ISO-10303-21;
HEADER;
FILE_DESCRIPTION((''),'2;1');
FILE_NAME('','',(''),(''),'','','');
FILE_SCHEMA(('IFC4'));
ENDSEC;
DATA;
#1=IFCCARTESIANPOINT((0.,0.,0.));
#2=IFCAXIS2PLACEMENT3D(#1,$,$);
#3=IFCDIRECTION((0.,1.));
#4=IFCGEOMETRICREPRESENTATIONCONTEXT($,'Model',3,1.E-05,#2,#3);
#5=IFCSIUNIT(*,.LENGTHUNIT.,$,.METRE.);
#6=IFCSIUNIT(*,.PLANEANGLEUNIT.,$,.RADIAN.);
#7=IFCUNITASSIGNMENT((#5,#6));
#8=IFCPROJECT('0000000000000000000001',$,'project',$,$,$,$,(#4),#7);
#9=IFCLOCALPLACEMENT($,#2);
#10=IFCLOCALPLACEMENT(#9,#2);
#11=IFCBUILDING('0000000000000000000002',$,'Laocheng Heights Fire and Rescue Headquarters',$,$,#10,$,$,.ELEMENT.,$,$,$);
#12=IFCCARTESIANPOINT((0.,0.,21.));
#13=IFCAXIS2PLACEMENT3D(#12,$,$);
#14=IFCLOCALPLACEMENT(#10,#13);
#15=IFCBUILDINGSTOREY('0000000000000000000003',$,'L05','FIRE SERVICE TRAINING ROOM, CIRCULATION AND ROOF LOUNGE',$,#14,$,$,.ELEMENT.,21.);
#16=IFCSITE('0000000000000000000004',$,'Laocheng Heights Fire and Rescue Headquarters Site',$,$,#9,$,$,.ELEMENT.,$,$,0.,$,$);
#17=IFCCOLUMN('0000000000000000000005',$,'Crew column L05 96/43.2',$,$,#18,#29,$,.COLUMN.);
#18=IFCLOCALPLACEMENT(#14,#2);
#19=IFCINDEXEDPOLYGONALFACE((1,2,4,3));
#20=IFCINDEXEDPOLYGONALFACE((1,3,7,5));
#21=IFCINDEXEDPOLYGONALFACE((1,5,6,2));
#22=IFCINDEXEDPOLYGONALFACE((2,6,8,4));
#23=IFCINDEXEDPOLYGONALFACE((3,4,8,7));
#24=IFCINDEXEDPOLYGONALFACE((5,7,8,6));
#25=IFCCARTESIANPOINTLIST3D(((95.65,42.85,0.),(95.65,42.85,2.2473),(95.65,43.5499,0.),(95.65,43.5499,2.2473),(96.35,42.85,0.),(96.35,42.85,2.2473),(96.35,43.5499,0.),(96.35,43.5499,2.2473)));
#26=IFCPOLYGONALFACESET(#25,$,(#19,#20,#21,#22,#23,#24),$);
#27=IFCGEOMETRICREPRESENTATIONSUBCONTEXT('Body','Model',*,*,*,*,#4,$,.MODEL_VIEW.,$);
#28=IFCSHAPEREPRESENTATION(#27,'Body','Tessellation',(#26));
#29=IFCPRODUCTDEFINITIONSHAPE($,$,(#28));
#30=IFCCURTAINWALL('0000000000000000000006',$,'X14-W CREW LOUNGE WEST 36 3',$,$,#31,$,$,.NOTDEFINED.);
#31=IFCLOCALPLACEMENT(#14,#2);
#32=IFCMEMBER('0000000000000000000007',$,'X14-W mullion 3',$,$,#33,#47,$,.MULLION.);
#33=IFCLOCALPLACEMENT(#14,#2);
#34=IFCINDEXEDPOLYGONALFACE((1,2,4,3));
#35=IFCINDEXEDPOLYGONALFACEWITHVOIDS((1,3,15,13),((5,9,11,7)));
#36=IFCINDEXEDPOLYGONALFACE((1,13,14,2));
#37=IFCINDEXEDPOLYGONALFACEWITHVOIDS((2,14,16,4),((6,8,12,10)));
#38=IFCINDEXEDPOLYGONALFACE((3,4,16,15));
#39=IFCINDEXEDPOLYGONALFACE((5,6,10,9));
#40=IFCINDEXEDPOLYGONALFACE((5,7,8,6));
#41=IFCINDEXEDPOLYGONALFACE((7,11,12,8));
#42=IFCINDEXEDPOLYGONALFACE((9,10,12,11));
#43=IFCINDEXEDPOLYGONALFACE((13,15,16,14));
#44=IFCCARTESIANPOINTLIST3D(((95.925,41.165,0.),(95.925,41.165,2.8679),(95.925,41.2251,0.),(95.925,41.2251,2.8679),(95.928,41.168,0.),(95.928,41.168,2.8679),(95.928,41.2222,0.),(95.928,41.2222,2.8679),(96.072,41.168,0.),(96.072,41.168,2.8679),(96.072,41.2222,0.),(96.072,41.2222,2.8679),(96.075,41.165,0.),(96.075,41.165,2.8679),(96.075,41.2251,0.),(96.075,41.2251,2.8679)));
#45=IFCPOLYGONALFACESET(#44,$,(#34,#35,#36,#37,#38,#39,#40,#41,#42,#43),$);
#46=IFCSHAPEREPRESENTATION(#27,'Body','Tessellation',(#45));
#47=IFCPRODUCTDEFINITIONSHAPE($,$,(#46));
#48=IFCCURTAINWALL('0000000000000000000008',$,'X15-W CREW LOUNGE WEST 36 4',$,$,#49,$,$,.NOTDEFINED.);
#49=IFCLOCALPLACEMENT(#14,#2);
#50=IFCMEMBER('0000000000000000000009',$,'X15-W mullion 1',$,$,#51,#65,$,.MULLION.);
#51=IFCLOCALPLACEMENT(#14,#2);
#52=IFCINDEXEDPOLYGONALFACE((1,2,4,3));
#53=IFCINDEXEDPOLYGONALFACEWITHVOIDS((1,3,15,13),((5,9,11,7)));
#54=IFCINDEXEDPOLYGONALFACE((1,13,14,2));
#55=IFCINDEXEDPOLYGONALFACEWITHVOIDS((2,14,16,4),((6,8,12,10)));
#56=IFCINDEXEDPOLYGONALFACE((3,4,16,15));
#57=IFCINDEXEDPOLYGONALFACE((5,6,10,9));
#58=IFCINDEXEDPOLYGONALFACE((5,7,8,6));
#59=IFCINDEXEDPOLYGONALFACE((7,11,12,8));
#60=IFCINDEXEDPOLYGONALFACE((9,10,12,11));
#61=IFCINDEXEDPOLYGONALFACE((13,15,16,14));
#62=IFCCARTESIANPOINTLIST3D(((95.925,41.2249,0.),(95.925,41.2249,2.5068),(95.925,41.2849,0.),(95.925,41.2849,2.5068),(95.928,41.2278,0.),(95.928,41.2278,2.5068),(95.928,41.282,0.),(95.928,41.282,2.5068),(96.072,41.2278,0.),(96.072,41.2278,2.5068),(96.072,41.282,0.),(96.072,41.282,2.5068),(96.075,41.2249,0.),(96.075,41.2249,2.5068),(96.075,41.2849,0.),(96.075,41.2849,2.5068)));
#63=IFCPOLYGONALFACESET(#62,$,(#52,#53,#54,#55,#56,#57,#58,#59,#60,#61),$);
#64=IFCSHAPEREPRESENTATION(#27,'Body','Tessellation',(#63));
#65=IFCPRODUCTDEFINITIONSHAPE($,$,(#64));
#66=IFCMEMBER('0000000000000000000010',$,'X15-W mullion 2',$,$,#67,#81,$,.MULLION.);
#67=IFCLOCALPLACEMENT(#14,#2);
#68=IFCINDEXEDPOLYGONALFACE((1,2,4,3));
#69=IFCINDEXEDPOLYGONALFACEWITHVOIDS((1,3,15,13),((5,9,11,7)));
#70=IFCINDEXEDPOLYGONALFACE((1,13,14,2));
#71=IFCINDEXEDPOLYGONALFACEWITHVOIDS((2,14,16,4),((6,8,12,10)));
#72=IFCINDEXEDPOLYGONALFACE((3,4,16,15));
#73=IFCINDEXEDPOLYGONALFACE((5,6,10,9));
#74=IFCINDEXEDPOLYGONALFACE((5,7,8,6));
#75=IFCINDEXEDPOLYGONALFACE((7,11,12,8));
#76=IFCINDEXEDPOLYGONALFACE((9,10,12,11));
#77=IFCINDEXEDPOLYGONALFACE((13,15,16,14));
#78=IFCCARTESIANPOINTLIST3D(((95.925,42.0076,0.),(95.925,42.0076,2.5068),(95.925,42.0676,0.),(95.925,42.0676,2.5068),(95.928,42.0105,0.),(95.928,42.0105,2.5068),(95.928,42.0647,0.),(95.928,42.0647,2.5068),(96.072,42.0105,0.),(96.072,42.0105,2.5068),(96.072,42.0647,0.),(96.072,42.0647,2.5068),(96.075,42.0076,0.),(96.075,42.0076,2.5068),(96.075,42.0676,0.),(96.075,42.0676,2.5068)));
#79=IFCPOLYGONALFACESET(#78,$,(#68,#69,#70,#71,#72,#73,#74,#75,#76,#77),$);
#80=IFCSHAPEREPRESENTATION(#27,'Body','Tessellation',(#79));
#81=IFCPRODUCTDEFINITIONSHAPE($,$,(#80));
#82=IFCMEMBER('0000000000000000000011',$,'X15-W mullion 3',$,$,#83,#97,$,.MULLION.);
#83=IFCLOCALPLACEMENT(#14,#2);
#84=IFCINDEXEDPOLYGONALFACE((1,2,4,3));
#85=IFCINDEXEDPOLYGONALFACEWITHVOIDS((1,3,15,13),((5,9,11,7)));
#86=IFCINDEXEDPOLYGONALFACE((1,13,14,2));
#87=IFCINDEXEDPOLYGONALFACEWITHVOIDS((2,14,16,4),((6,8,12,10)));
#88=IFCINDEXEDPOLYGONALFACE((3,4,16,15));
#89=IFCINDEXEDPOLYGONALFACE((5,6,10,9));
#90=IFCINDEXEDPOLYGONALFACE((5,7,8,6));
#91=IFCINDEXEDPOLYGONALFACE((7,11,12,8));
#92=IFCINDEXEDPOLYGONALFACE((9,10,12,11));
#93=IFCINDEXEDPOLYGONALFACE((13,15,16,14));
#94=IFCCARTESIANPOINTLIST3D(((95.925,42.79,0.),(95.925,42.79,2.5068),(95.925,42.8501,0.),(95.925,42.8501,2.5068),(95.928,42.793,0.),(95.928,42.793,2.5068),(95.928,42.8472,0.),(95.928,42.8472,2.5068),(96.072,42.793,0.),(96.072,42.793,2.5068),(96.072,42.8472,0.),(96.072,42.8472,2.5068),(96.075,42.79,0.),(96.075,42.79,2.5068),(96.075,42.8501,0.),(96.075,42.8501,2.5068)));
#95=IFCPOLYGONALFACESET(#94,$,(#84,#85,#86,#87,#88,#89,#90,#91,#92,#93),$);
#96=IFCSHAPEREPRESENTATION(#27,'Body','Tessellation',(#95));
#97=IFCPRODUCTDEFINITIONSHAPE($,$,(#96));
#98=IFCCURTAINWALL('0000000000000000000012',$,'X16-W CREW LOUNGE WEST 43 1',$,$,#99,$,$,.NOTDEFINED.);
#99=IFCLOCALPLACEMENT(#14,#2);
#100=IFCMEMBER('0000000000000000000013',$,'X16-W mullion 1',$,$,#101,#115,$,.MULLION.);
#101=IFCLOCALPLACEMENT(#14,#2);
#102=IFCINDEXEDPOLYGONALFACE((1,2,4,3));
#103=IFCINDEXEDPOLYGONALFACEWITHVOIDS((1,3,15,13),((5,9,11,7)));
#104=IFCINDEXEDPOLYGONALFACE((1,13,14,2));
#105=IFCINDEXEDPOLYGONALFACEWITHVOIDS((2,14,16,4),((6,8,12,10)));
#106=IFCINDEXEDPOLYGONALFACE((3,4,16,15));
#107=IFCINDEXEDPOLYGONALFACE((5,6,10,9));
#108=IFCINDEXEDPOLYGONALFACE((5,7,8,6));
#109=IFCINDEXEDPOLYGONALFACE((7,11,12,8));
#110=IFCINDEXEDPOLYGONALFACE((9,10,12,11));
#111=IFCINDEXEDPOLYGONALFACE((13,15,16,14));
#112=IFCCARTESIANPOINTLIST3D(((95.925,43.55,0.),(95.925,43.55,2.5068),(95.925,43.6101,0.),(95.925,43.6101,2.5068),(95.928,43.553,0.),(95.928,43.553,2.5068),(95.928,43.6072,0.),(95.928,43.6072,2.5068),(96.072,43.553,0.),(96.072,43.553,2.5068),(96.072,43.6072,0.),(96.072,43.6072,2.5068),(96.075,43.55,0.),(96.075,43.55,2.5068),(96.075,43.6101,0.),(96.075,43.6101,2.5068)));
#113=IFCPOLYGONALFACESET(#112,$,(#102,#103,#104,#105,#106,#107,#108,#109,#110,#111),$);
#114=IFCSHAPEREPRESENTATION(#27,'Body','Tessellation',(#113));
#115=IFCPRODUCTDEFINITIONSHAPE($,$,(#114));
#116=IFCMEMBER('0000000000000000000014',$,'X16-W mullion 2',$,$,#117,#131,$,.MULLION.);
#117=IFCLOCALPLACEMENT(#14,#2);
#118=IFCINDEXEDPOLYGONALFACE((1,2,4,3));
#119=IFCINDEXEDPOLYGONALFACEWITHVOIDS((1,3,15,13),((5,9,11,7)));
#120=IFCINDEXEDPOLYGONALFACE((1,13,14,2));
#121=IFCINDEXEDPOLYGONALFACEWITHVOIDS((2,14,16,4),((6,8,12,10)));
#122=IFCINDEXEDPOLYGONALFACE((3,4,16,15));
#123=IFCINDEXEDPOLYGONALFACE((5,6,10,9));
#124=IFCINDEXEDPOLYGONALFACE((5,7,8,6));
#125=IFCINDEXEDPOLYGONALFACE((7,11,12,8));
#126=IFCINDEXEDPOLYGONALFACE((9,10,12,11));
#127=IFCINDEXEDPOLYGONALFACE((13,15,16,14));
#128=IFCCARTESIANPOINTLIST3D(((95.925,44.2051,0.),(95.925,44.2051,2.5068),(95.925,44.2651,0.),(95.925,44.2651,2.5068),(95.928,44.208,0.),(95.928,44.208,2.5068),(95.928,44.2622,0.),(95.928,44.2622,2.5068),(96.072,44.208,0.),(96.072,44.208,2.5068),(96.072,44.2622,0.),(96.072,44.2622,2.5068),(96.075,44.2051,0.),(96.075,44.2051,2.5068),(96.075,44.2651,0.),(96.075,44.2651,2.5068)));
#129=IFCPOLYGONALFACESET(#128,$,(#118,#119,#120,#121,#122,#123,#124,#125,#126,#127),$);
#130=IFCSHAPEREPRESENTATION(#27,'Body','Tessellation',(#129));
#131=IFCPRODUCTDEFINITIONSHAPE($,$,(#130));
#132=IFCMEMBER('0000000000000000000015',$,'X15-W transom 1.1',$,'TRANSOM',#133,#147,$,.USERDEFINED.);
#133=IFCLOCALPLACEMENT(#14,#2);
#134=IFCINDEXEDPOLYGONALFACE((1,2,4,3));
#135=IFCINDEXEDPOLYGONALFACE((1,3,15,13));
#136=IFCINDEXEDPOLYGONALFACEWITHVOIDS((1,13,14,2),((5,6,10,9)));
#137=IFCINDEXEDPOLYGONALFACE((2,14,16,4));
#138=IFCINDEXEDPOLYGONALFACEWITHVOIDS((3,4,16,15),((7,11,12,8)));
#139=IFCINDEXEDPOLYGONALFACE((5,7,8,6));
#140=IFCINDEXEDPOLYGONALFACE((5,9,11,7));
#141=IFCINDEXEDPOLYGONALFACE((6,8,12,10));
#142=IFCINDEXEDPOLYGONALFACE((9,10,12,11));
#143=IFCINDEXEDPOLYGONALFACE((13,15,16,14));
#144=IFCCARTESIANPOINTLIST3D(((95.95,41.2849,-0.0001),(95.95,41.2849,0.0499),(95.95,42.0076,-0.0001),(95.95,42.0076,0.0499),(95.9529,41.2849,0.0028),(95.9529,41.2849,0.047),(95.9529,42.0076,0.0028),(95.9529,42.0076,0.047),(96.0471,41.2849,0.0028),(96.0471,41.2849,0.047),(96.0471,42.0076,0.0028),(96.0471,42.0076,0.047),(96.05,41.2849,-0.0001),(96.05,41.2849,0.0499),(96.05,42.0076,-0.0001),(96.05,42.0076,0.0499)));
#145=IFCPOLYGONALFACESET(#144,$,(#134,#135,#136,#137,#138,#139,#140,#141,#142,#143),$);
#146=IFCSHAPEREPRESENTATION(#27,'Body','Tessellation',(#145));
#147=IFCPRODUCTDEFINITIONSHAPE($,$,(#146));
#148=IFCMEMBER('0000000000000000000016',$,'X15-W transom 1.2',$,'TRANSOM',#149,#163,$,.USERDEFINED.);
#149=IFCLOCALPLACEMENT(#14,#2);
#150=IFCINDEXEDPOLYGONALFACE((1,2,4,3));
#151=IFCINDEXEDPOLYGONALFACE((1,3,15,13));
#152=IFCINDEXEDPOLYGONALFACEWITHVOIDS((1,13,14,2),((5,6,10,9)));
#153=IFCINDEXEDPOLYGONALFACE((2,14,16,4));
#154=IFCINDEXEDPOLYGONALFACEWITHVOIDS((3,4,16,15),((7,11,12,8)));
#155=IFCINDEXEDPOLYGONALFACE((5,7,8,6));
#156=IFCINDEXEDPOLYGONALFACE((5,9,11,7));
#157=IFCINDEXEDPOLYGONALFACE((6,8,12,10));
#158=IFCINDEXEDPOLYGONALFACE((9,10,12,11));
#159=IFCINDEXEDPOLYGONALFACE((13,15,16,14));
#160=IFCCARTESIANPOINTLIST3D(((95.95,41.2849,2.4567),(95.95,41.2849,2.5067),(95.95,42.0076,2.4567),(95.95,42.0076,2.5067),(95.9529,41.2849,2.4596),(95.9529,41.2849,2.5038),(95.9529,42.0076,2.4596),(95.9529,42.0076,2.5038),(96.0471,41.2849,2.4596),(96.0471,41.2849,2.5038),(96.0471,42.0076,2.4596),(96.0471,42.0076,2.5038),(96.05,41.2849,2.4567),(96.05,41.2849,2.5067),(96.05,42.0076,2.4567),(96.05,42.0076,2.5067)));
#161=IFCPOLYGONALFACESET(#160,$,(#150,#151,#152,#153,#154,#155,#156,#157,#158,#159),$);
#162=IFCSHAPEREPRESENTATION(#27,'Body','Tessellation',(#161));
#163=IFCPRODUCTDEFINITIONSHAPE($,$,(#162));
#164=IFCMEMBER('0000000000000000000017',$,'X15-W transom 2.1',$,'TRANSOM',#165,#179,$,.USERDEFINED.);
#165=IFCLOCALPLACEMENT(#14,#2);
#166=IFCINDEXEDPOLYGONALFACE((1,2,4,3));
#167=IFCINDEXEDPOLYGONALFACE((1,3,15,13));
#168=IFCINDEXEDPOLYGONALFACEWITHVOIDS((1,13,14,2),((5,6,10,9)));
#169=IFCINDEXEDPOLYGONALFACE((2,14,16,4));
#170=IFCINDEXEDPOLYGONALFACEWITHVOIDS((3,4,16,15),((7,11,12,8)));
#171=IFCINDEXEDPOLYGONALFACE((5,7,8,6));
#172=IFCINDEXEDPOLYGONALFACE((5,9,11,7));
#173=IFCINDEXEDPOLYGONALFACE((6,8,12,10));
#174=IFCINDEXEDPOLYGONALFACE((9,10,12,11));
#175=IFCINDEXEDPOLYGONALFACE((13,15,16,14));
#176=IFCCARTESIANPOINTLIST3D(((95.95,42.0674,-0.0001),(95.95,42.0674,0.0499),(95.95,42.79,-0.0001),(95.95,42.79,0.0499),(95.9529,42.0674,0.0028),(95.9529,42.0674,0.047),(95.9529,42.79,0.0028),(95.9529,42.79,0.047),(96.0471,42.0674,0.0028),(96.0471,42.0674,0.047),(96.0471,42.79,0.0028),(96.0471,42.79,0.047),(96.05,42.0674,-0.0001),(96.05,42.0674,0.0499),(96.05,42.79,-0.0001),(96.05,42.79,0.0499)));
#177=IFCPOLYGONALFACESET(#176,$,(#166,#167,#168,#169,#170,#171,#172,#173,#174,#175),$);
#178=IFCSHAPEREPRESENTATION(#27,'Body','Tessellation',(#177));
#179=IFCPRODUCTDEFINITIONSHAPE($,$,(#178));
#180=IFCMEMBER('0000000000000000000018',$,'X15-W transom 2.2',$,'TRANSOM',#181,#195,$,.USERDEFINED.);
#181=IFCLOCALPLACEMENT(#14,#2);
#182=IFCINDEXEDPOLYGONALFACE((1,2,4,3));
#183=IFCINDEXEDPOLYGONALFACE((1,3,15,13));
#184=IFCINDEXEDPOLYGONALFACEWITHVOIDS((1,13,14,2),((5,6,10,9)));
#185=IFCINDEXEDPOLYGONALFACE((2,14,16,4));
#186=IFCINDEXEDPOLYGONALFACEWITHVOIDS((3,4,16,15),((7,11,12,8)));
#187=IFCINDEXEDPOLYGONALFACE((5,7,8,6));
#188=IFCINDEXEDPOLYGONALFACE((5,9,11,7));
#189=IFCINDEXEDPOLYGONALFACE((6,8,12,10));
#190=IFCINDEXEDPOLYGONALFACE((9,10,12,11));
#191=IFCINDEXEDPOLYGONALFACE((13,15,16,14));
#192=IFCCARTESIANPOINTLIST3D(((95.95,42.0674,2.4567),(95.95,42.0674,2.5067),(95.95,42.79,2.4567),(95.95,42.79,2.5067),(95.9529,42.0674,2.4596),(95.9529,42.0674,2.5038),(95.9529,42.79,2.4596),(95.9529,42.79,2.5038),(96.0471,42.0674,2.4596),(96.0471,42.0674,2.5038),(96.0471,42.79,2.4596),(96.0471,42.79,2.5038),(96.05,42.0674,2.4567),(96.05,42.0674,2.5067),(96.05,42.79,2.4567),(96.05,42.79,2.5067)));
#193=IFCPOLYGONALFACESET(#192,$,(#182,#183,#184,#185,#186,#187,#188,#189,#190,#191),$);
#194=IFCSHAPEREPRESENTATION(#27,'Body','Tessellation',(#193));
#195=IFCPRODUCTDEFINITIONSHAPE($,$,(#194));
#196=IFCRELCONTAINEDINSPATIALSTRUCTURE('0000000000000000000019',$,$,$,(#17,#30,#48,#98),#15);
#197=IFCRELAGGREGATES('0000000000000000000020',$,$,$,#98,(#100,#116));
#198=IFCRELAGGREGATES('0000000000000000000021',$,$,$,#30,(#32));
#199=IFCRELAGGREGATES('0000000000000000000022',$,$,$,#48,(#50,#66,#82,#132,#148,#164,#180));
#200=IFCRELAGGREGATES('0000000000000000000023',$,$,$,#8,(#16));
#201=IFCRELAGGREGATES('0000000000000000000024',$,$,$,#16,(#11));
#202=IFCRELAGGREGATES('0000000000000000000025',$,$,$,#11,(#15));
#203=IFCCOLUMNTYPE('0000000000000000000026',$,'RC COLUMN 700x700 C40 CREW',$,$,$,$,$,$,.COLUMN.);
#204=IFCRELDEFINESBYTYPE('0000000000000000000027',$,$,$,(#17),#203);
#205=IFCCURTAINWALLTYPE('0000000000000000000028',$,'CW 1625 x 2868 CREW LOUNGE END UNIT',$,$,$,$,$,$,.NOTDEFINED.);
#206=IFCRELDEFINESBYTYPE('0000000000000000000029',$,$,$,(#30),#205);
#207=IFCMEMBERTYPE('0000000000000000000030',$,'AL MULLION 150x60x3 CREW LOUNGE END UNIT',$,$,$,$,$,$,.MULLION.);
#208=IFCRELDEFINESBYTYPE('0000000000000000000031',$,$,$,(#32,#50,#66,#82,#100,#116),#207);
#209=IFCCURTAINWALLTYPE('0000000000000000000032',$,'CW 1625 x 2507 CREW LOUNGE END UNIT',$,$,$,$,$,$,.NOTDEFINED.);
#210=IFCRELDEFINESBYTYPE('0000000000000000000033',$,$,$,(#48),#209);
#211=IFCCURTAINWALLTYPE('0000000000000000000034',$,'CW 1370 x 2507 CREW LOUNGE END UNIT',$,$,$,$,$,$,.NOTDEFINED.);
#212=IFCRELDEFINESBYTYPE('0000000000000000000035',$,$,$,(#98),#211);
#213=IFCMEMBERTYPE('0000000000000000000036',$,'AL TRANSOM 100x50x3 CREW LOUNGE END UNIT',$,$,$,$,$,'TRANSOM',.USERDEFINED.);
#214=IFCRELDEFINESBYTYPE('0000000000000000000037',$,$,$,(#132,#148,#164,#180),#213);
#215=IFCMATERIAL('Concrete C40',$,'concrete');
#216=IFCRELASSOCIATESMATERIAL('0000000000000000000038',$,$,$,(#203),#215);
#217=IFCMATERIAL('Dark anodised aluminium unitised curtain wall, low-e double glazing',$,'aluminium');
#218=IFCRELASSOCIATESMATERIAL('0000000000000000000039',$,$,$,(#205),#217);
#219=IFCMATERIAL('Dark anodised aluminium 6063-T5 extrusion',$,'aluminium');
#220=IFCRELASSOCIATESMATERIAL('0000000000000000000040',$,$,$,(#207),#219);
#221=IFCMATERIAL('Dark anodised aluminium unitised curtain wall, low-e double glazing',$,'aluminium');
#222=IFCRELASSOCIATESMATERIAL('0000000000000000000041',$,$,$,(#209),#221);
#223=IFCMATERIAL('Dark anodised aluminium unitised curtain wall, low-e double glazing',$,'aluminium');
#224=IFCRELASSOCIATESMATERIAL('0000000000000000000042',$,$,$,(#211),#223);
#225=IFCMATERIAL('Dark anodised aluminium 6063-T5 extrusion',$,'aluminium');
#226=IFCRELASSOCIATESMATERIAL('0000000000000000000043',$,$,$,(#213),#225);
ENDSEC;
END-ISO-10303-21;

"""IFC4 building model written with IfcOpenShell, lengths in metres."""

from ifc_helpers import new_model, si_unit, direction, frame, origin, origin_2d, place, context, subcontext, project, spatial, rectangle, hollow_rectangle, extrude, material, material_profile, profile_set, type_object, element, aggregate, save


model = new_model("IFC4")

# Units and contexts
model_context = context("Model", 3, precision=1e-05, world=origin(), true_north=direction((0.0, 1.0)))
body_context = subcontext(model_context, "Body", "Model", "MODEL_VIEW")
ifc_project = project(units=[si_unit("LENGTHUNIT", "METRE"), si_unit("PLANEANGLEUNIT", "RADIAN")], contexts=[model_context])

# Site, building, storey
site_placement = place(None, origin())
site = spatial("IfcSite", under=ifc_project, at=site_placement, Name="Laocheng Heights Fire and Rescue Headquarters Site", CompositionType="ELEMENT", RefElevation=0.0)
building_placement = place(site_placement, origin())
building = spatial("IfcBuilding", under=site, at=building_placement, Name="Laocheng Heights Fire and Rescue Headquarters", CompositionType="ELEMENT")
storey_placement = place(building_placement, frame((0.0, 0.0, 21.0)))
storey = spatial("IfcBuildingStorey", under=building, at=storey_placement, Name="L05", Description="FIRE SERVICE TRAINING ROOM, CIRCULATION AND ROOF LOUNGE", CompositionType="ELEMENT", Elevation=21.0)

# Column
ifc_material_1 = material(Name="Concrete C40", Category="concrete")
ifc_material_profile_1 = material_profile(ifc_material_1, rectangle(XDim=0.7, YDim=0.7, at=origin_2d()), Name="RC COLUMN 700x700 C40 CREW")
ifc_profile_set_1 = profile_set([ifc_material_profile_1], Name="Concrete C40")
column_type = type_object("IfcColumnType", Name="RC COLUMN 700x700 C40 CREW", PredefinedType="COLUMN", material=ifc_profile_set_1)
column_placement = place(storey_placement, frame((96.0, 43.2, 0.0), z_axis=(0.0, 0.0, 1.0), x_axis=(1.0, 0.0, 0.0)))
element("IfcColumn", 1, at=column_placement, inside=storey, type_object=column_type, Name="Crew column L05 96/43.2", PredefinedType="COLUMN", context=body_context, shape_type="SweptSolid", body=[
    extrude(rectangle(XDim=0.7, YDim=0.7, at=origin_2d()), origin(), (0.0, 0.0, 1.0), 2.2473),
])

# Curtain wall, member
ifc_material_2 = material(Name="Dark anodised aluminium unitised curtain wall, low-e double glazing", Category="aluminium")
curtain_wall_type_1 = type_object("IfcCurtainWallType", Name="CW 1625 x 2868 CREW LOUNGE END UNIT", PredefinedType="NOTDEFINED", material=ifc_material_2)
curtain_wall_1_placement = place(storey_placement, origin())
curtain_wall_1 = element("IfcCurtainWall", 2, at=curtain_wall_1_placement, inside=storey, type_object=curtain_wall_type_1, Name="X14-W CREW LOUNGE WEST 36 3", PredefinedType="NOTDEFINED")
ifc_material_3 = material(Name="Dark anodised aluminium 6063-T5 extrusion", Category="aluminium")
ifc_material_profile_2 = material_profile(ifc_material_3, hollow_rectangle(XDim=0.1499, YDim=0.0601, WallThickness=0.0029, at=origin_2d()), Name="AL MULLION 150x60x3 CREW LOUNGE END UNIT")
ifc_profile_set_2 = profile_set([ifc_material_profile_2], Name="Dark anodised aluminium 6063-T5 extrusion")
member_type_1 = type_object("IfcMemberType", Name="AL MULLION 150x60x3 CREW LOUNGE END UNIT", PredefinedType="MULLION", material=ifc_profile_set_2)
member_1_placement = place(storey_placement, frame((96.0, 41.1951, 0.0), z_axis=(0.0, 0.0, 1.0), x_axis=(-1.0, 0.0, 0.0)))
member_1 = element("IfcMember", 3, at=member_1_placement, type_object=member_type_1, Name="X14-W mullion 3", PredefinedType="MULLION", context=body_context, shape_type="SweptSolid", body=[
    extrude(hollow_rectangle(XDim=0.1499, YDim=0.0601, WallThickness=0.0029, at=origin_2d()), origin(), (0.0, 0.0, 1.0), 2.8679),
])

# Curtain walls, members
ifc_material_4 = material(Name="Dark anodised aluminium unitised curtain wall, low-e double glazing", Category="aluminium")
curtain_wall_type_2 = type_object("IfcCurtainWallType", Name="CW 1625 x 2507 CREW LOUNGE END UNIT", PredefinedType="NOTDEFINED", material=ifc_material_4)
curtain_wall_2_placement = place(storey_placement, origin())
curtain_wall_2 = element("IfcCurtainWall", 4, at=curtain_wall_2_placement, inside=storey, type_object=curtain_wall_type_2, Name="X15-W CREW LOUNGE WEST 36 4", PredefinedType="NOTDEFINED")
member_2_placement = place(storey_placement, frame((96.0, 41.2549, 0.0), z_axis=(0.0, 0.0, 1.0), x_axis=(-1.0, 0.0, 0.0)))
member_2 = element("IfcMember", 5, at=member_2_placement, type_object=member_type_1, Name="X15-W mullion 1", PredefinedType="MULLION", context=body_context, shape_type="SweptSolid", body=[
    extrude(hollow_rectangle(XDim=0.1499, YDim=0.0601, WallThickness=0.0029, at=origin_2d()), origin(), (0.0, 0.0, 1.0), 2.5068),
])
member_3_placement = place(storey_placement, frame((96.0, 42.0376, 0.0), z_axis=(0.0, 0.0, 1.0), x_axis=(-1.0, 0.0, 0.0)))
member_3 = element("IfcMember", 6, at=member_3_placement, type_object=member_type_1, Name="X15-W mullion 2", PredefinedType="MULLION", context=body_context, shape_type="SweptSolid", body=[
    extrude(hollow_rectangle(XDim=0.1499, YDim=0.0601, WallThickness=0.0029, at=origin_2d()), origin(), (0.0, 0.0, 1.0), 2.5068),
])
member_4_placement = place(storey_placement, frame((96.0, 42.8201, 0.0), z_axis=(0.0, 0.0, 1.0), x_axis=(-1.0, 0.0, 0.0)))
member_4 = element("IfcMember", 7, at=member_4_placement, type_object=member_type_1, Name="X15-W mullion 3", PredefinedType="MULLION", context=body_context, shape_type="SweptSolid", body=[
    extrude(hollow_rectangle(XDim=0.1499, YDim=0.0601, WallThickness=0.0029, at=origin_2d()), origin(), (0.0, 0.0, 1.0), 2.5068),
])
ifc_material_5 = material(Name="Dark anodised aluminium unitised curtain wall, low-e double glazing", Category="aluminium")
curtain_wall_type_3 = type_object("IfcCurtainWallType", Name="CW 1370 x 2507 CREW LOUNGE END UNIT", PredefinedType="NOTDEFINED", material=ifc_material_5)
curtain_wall_3_placement = place(storey_placement, origin())
curtain_wall_3 = element("IfcCurtainWall", 8, at=curtain_wall_3_placement, inside=storey, type_object=curtain_wall_type_3, Name="X16-W CREW LOUNGE WEST 43 1", PredefinedType="NOTDEFINED")
member_5_placement = place(storey_placement, frame((96.0, 43.5801, 0.0), z_axis=(0.0, 0.0, 1.0), x_axis=(-1.0, 0.0, 0.0)))
member_5 = element("IfcMember", 9, at=member_5_placement, type_object=member_type_1, Name="X16-W mullion 1", PredefinedType="MULLION", context=body_context, shape_type="SweptSolid", body=[
    extrude(hollow_rectangle(XDim=0.1499, YDim=0.0601, WallThickness=0.0029, at=origin_2d()), origin(), (0.0, 0.0, 1.0), 2.5068),
])
member_6_placement = place(storey_placement, frame((96.0, 44.2351, 0.0), z_axis=(0.0, 0.0, 1.0), x_axis=(-1.0, 0.0, 0.0)))
member_6 = element("IfcMember", 10, at=member_6_placement, type_object=member_type_1, Name="X16-W mullion 2", PredefinedType="MULLION", context=body_context, shape_type="SweptSolid", body=[
    extrude(hollow_rectangle(XDim=0.1499, YDim=0.0601, WallThickness=0.0029, at=origin_2d()), origin(), (0.0, 0.0, 1.0), 2.5068),
])
aggregate(curtain_wall_3, [member_5, member_6])

# Members
ifc_material_6 = material(Name="Dark anodised aluminium 6063-T5 extrusion", Category="aluminium")
ifc_material_profile_3 = material_profile(ifc_material_6, hollow_rectangle(XDim=0.1001, YDim=0.05, WallThickness=0.0029, at=origin_2d()), Name="AL TRANSOM 100x50x3 CREW LOUNGE END UNIT")
ifc_profile_set_3 = profile_set([ifc_material_profile_3], Name="Dark anodised aluminium 6063-T5 extrusion")
member_type_2 = type_object("IfcMemberType", Name="AL TRANSOM 100x50x3 CREW LOUNGE END UNIT", ElementType="TRANSOM", PredefinedType="USERDEFINED", material=ifc_profile_set_3)
member_7_placement = place(storey_placement, frame((96.0, 41.2849, 0.0249), z_axis=(0.0, 1.0, 0.0), x_axis=(-1.0, 0.0, 0.0)))
member_7 = element("IfcMember", 11, at=member_7_placement, type_object=member_type_2, Name="X15-W transom 1.1", ObjectType="TRANSOM", PredefinedType="USERDEFINED", context=body_context, shape_type="SweptSolid", body=[
    extrude(hollow_rectangle(XDim=0.1001, YDim=0.05, WallThickness=0.0029, at=origin_2d()), origin(), (0.0, 0.0, 1.0), 0.7227),
])
member_8_placement = place(storey_placement, frame((96.0, 41.2849, 2.4817), z_axis=(0.0, 1.0, 0.0), x_axis=(-1.0, 0.0, 0.0)))
member_8 = element("IfcMember", 12, at=member_8_placement, type_object=member_type_2, Name="X15-W transom 1.2", ObjectType="TRANSOM", PredefinedType="USERDEFINED", context=body_context, shape_type="SweptSolid", body=[
    extrude(hollow_rectangle(XDim=0.1001, YDim=0.05, WallThickness=0.0029, at=origin_2d()), origin(), (0.0, 0.0, 1.0), 0.7227),
])
member_9_placement = place(storey_placement, frame((96.0, 42.0674, 0.0249), z_axis=(0.0, 1.0, 0.0), x_axis=(-1.0, 0.0, 0.0)))
member_9 = element("IfcMember", 13, at=member_9_placement, type_object=member_type_2, Name="X15-W transom 2.1", ObjectType="TRANSOM", PredefinedType="USERDEFINED", context=body_context, shape_type="SweptSolid", body=[
    extrude(hollow_rectangle(XDim=0.1001, YDim=0.05, WallThickness=0.0029, at=origin_2d()), origin(), (0.0, 0.0, 1.0), 0.7227),
])
member_10_placement = place(storey_placement, frame((96.0, 42.0674, 2.4817), z_axis=(0.0, 1.0, 0.0), x_axis=(-1.0, 0.0, 0.0)))
member_10 = element("IfcMember", 14, at=member_10_placement, type_object=member_type_2, Name="X15-W transom 2.2", ObjectType="TRANSOM", PredefinedType="USERDEFINED", context=body_context, shape_type="SweptSolid", body=[
    extrude(hollow_rectangle(XDim=0.1001, YDim=0.05, WallThickness=0.0029, at=origin_2d()), origin(), (0.0, 0.0, 1.0), 0.7227),
])

aggregate(curtain_wall_1, [member_1])
aggregate(curtain_wall_2, [member_2, member_3, member_4, member_7, member_8, member_9, member_10])

save(model, "model.ifc")
